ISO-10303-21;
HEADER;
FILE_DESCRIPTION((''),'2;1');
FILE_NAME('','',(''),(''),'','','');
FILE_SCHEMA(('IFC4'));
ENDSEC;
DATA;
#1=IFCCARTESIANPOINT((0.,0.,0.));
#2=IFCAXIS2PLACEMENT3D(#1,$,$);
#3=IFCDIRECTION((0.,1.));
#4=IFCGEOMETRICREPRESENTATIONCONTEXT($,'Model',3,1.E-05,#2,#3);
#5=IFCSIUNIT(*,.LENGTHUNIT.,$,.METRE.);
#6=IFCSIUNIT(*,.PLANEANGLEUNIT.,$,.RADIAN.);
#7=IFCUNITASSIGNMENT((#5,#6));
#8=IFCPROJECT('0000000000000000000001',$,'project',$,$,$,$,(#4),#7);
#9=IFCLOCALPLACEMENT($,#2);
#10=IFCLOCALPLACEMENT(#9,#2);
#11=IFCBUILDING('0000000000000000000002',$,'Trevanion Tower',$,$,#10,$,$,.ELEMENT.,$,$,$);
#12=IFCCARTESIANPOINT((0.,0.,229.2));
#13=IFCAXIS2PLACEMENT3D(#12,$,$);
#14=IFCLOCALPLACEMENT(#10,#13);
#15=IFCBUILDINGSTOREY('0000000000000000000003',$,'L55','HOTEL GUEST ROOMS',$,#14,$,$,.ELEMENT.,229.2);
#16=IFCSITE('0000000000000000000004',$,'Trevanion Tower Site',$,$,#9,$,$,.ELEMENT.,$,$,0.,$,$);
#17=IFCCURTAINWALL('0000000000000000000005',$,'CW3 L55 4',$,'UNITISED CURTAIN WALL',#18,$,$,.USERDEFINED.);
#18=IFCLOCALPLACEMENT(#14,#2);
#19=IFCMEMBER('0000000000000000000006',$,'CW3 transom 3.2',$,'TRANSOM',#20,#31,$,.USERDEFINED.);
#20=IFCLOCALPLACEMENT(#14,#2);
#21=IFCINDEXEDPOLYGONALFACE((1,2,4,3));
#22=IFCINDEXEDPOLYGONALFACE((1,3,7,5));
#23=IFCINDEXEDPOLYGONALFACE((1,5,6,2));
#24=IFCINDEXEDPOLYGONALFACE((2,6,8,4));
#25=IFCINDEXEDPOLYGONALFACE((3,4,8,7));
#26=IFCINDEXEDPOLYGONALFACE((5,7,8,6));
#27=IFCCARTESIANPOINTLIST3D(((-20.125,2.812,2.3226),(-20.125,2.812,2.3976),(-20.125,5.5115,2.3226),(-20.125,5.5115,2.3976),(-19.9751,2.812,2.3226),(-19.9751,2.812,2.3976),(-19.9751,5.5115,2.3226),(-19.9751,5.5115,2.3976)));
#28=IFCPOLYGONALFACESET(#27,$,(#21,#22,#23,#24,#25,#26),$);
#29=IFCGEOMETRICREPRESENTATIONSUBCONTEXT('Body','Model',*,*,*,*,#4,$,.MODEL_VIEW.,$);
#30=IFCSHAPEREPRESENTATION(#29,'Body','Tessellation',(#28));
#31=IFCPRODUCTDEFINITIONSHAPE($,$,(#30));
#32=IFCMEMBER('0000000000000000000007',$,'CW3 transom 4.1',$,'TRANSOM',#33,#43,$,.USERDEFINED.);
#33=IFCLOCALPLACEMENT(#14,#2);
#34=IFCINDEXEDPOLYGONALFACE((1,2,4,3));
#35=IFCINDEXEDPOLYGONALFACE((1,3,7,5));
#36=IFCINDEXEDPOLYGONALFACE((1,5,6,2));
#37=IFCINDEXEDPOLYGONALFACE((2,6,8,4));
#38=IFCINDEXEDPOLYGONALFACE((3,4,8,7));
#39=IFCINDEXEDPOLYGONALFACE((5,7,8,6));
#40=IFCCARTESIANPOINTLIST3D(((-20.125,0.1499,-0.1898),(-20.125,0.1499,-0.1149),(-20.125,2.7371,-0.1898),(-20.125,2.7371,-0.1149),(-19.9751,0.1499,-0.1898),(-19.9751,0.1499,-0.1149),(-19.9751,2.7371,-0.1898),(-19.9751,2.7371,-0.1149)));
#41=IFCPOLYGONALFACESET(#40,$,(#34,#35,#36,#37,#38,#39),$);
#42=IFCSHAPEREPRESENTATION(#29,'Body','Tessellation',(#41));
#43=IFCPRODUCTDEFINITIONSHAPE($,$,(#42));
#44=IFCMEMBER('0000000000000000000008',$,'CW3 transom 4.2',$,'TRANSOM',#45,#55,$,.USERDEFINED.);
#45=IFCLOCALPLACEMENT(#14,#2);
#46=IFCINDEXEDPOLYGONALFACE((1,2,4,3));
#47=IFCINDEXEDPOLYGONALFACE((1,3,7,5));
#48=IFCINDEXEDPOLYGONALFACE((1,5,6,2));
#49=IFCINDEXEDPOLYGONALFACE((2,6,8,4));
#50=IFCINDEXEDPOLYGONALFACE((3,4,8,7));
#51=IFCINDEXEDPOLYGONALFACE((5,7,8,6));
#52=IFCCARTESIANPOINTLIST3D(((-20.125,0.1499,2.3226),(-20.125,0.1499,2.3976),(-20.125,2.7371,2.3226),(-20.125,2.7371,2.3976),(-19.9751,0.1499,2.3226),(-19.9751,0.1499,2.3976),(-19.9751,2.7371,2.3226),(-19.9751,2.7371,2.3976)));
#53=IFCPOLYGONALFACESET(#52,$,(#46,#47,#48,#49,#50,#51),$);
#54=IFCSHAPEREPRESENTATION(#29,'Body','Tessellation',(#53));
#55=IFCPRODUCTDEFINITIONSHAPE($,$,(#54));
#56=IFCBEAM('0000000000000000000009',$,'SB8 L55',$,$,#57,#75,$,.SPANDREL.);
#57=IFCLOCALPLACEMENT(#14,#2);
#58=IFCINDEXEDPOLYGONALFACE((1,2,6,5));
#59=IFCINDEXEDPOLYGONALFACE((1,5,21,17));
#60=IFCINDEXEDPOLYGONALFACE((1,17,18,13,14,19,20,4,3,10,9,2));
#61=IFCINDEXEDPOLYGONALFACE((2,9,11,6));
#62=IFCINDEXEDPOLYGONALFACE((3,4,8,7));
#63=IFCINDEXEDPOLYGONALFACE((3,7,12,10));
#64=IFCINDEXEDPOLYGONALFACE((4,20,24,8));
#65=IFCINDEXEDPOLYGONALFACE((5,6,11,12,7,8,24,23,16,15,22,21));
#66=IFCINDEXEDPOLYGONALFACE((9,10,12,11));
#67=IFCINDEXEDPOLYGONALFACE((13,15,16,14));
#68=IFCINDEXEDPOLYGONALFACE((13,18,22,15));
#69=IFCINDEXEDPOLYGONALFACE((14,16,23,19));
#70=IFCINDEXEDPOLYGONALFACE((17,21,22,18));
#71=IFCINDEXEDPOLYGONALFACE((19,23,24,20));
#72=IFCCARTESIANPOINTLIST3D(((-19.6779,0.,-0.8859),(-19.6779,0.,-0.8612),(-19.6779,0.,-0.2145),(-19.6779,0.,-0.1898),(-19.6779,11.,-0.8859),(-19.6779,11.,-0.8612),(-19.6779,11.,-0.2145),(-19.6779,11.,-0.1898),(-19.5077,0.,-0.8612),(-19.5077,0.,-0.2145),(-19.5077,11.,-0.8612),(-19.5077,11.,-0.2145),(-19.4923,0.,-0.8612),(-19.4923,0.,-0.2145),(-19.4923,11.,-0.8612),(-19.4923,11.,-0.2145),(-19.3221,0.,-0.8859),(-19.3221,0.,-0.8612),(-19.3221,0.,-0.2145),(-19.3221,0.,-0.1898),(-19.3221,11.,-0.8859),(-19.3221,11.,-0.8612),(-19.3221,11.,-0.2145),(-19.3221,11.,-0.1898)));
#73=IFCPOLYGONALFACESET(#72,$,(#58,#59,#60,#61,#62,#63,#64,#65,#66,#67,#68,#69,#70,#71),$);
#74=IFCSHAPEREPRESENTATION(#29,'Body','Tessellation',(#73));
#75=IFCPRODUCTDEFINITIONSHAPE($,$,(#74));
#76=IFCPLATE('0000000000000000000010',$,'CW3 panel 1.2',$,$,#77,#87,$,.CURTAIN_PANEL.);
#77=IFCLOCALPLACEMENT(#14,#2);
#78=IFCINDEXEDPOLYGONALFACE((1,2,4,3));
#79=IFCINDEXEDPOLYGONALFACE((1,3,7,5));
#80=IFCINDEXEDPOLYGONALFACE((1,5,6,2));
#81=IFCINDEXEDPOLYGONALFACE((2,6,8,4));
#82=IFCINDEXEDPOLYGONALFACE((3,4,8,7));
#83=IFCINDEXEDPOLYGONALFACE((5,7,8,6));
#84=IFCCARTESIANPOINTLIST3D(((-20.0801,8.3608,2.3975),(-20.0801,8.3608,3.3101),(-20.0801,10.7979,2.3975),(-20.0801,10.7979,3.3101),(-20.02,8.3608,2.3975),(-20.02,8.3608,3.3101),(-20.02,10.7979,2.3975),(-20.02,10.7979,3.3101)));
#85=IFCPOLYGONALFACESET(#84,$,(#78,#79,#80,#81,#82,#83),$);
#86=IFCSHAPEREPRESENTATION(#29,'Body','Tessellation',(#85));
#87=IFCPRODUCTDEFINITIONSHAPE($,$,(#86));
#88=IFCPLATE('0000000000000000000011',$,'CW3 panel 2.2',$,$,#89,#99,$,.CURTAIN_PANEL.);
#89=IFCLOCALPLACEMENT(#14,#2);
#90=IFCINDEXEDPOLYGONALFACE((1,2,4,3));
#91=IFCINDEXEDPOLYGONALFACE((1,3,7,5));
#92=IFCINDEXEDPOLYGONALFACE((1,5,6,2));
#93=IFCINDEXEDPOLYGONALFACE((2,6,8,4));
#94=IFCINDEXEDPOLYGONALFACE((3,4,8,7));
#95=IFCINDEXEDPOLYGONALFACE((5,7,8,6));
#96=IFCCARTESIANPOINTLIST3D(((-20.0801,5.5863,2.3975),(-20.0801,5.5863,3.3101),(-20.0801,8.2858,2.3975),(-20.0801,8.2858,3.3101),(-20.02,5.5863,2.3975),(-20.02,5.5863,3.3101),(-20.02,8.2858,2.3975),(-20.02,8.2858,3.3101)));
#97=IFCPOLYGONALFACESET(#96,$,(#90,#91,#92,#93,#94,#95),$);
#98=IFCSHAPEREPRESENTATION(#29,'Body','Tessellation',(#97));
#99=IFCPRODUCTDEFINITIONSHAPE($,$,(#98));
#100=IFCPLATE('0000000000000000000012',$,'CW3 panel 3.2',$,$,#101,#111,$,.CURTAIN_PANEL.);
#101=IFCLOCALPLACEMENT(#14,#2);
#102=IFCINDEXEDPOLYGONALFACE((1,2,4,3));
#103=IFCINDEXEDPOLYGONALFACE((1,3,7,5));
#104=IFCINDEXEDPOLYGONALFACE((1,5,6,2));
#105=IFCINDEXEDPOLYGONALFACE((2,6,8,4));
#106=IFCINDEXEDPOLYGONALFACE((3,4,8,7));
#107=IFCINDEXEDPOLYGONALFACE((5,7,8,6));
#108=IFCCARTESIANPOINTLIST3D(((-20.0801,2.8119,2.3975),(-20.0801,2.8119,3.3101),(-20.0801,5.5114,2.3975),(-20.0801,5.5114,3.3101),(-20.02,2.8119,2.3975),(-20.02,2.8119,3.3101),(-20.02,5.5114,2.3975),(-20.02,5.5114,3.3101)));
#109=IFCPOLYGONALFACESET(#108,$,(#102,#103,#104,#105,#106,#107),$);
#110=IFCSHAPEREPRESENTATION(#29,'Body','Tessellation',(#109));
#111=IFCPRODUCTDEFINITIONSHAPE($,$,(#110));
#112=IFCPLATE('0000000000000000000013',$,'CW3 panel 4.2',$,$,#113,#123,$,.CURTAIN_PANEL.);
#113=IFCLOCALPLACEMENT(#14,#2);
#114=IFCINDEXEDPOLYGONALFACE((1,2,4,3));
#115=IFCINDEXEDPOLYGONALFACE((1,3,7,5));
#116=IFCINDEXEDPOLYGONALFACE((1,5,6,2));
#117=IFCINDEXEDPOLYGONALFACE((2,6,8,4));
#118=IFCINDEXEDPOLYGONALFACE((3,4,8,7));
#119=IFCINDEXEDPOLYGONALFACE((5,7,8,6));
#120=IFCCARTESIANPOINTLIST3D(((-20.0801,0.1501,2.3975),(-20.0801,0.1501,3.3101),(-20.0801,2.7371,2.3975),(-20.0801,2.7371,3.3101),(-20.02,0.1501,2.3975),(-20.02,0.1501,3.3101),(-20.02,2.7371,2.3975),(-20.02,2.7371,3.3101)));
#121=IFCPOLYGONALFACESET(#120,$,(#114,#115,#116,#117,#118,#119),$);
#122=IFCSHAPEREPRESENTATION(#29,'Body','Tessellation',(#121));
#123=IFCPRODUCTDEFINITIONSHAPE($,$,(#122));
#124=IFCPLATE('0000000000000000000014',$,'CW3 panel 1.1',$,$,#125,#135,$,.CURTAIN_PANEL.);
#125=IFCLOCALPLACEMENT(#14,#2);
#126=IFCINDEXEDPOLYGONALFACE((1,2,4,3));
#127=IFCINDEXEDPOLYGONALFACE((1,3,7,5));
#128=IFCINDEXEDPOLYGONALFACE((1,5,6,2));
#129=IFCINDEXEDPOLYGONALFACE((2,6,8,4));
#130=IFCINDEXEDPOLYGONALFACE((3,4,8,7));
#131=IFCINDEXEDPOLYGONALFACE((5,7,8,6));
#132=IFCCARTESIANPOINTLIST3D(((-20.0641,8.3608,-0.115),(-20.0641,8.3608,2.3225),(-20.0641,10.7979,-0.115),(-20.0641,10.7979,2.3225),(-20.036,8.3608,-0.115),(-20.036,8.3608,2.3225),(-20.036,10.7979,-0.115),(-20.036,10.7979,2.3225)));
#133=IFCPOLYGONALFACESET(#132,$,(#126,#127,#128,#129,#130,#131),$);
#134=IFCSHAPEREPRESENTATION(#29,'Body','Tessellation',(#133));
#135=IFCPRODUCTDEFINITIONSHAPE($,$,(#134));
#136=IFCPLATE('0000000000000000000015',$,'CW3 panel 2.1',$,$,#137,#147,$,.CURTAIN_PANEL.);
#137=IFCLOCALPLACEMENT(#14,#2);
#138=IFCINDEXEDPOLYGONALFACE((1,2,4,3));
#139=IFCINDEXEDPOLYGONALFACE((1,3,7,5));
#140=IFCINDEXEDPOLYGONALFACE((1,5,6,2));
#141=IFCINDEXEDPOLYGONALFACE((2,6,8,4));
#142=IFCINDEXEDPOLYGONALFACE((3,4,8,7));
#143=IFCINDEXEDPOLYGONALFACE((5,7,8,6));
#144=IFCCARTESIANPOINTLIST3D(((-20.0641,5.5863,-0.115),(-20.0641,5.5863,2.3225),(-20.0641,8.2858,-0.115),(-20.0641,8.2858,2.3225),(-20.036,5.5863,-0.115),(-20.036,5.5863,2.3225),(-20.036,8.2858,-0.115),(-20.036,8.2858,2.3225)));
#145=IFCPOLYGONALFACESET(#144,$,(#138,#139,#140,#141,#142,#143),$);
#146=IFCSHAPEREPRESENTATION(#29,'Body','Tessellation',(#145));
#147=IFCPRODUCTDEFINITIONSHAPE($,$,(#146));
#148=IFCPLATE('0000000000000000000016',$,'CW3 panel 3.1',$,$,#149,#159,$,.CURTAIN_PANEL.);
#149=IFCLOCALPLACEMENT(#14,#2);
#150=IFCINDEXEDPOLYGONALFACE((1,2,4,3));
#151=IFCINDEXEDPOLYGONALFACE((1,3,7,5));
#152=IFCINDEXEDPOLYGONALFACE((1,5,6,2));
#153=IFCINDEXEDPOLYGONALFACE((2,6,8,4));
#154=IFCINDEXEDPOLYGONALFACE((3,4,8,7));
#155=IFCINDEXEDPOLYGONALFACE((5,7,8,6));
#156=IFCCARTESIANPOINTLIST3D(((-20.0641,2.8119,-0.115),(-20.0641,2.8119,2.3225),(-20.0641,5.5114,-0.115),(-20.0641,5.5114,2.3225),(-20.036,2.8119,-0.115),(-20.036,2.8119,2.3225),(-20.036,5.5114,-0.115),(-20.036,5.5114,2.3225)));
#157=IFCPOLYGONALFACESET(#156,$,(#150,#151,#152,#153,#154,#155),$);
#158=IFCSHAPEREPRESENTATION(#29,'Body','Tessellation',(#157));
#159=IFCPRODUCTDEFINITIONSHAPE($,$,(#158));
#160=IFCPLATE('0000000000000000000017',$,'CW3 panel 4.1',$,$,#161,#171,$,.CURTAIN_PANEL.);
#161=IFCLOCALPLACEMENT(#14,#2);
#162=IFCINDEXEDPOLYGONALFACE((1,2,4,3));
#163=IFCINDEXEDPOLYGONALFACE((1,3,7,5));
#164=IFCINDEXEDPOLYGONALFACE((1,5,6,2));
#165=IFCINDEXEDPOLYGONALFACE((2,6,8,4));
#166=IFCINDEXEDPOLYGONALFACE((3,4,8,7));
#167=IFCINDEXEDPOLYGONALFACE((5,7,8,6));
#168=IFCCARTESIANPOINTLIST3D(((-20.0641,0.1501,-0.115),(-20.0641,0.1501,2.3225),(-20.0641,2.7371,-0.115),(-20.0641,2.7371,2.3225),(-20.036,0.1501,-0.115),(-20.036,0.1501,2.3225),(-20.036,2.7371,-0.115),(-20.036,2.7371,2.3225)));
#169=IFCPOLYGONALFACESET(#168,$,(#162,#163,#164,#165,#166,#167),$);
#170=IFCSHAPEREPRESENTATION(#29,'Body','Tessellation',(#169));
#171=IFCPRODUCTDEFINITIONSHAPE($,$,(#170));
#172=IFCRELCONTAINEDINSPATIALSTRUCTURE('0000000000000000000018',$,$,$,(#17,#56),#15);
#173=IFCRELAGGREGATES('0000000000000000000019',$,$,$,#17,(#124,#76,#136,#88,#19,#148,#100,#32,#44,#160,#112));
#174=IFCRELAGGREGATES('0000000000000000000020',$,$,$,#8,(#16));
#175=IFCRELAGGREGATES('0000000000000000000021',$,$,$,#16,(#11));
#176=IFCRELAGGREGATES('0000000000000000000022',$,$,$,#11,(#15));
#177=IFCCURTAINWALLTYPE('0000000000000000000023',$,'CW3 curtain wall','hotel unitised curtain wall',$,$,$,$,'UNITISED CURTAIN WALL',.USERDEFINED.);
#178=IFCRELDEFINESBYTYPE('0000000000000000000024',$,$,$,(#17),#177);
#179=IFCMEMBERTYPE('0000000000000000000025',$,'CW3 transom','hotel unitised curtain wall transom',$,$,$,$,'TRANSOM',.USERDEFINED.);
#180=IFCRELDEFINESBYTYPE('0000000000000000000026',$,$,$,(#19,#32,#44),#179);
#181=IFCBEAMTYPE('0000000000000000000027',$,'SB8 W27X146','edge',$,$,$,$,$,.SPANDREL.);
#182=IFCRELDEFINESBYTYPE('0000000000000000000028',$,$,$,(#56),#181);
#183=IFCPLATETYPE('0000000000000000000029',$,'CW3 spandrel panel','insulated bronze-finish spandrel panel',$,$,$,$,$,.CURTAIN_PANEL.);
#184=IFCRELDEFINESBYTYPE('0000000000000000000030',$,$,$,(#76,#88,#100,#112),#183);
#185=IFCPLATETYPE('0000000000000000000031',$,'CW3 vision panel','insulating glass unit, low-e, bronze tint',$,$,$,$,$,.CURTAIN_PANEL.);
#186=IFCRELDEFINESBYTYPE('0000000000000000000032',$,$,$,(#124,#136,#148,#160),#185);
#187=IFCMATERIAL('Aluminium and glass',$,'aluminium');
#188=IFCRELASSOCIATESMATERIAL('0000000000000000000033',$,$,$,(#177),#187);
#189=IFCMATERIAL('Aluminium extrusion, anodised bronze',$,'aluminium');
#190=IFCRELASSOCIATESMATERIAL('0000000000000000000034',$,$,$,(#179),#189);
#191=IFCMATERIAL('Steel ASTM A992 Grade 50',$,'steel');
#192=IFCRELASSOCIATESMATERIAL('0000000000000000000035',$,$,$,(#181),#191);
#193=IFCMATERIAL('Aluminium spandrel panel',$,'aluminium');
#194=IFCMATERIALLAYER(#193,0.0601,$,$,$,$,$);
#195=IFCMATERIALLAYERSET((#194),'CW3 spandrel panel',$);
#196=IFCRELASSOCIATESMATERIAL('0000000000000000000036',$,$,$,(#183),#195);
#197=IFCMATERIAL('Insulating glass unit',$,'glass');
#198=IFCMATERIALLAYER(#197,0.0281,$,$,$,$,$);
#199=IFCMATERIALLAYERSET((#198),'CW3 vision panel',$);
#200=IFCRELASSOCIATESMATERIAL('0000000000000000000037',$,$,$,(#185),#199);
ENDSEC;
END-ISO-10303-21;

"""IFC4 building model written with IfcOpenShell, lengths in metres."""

from ifc_helpers import new_model, si_unit, direction, frame, origin, origin_2d, place, context, subcontext, project, spatial, rectangle, i_section, extrude, material, layer, layer_set, material_profile, profile_set, type_object, element, aggregate, save


model = new_model("IFC4")

# Units and contexts
model_context = context("Model", 3, precision=1e-05, world=origin(), true_north=direction((0.0, 1.0)))
body_context = subcontext(model_context, "Body", "Model", "MODEL_VIEW")
ifc_project = project(units=[si_unit("LENGTHUNIT", "METRE"), si_unit("PLANEANGLEUNIT", "RADIAN")], contexts=[model_context])

# Site, building, storey
site_placement = place(None, origin())
site = spatial("IfcSite", under=ifc_project, at=site_placement, Name="Trevanion Tower Site", CompositionType="ELEMENT", RefElevation=0.0)
building_placement = place(site_placement, origin())
building = spatial("IfcBuilding", under=site, at=building_placement, Name="Trevanion Tower", CompositionType="ELEMENT")
storey_placement = place(building_placement, frame((0.0, 0.0, 229.2)))
storey = spatial("IfcBuildingStorey", under=building, at=storey_placement, Name="L55", Description="HOTEL GUEST ROOMS", CompositionType="ELEMENT", Elevation=229.2)

# Curtain wall, members
ifc_material_1 = material(Name="Aluminium and glass", Category="aluminium")
curtain_wall_type = type_object("IfcCurtainWallType", Name="CW3 curtain wall", Description="hotel unitised curtain wall", ElementType="UNITISED CURTAIN WALL", PredefinedType="USERDEFINED", material=ifc_material_1)
curtain_wall_placement = place(storey_placement, origin())
curtain_wall = element("IfcCurtainWall", 1, at=curtain_wall_placement, inside=storey, type_object=curtain_wall_type, Name="CW3 L55 4", ObjectType="UNITISED CURTAIN WALL", PredefinedType="USERDEFINED")
ifc_material_2 = material(Name="Aluminium extrusion, anodised bronze", Category="aluminium")
ifc_material_profile_1 = material_profile(ifc_material_2, rectangle(XDim=0.1499, YDim=0.075, at=origin_2d()), Name="CW3 transom")
ifc_profile_set_1 = profile_set([ifc_material_profile_1], Name="Aluminium extrusion, anodised bronze")
member_type_1 = type_object("IfcMemberType", Name="CW3 transom", Description="hotel unitised curtain wall transom", ElementType="TRANSOM", PredefinedType="USERDEFINED", material=ifc_profile_set_1)
member_1_placement = place(storey_placement, frame((-20.05, 5.5115, 2.3601), z_axis=(0.0, -1.0, 0.0), x_axis=(1.0, 0.0, 0.0)))
member_1 = element("IfcMember", 2, at=member_1_placement, type_object=member_type_1, Name="CW3 transom 3.2", ObjectType="TRANSOM", PredefinedType="USERDEFINED", context=body_context, shape_type="SweptSolid", body=[
    extrude(rectangle(XDim=0.1499, YDim=0.075, at=origin_2d()), origin(), (0.0, 0.0, 1.0), 2.6995),
])
member_2_placement = place(storey_placement, frame((-20.05, 2.7371, -0.1523), z_axis=(0.0, -1.0, 0.0), x_axis=(1.0, 0.0, 0.0)))
member_2 = element("IfcMember", 3, at=member_2_placement, type_object=member_type_1, Name="CW3 transom 4.1", ObjectType="TRANSOM", PredefinedType="USERDEFINED", context=body_context, shape_type="SweptSolid", body=[
    extrude(rectangle(XDim=0.1499, YDim=0.075, at=origin_2d()), origin(), (0.0, 0.0, 1.0), 2.5872),
])
member_3_placement = place(storey_placement, frame((-20.05, 2.7371, 2.3601), z_axis=(0.0, -1.0, 0.0), x_axis=(1.0, 0.0, 0.0)))
member_3 = element("IfcMember", 4, at=member_3_placement, type_object=member_type_1, Name="CW3 transom 4.2", ObjectType="TRANSOM", PredefinedType="USERDEFINED", context=body_context, shape_type="SweptSolid", body=[
    extrude(rectangle(XDim=0.1499, YDim=0.075, at=origin_2d()), origin(), (0.0, 0.0, 1.0), 2.5872),
])

# Beam
ifc_material_3 = material(Name="Steel ASTM A992 Grade 50", Category="steel")
ifc_material_profile_2 = material_profile(ifc_material_3, i_section(OverallWidth=0.3557, OverallDepth=0.696, WebThickness=0.0154, FlangeThickness=0.0247, at=origin_2d()), Name="W27X146")
ifc_profile_set_2 = profile_set([ifc_material_profile_2], Name="Steel ASTM A992 Grade 50")
beam_type_1 = type_object("IfcBeamType", Name="SB8 W27X146", Description="edge", PredefinedType="SPANDREL", material=ifc_profile_set_2)
beam_placement = place(storey_placement, frame((-19.5, 11.0, -0.5378), z_axis=(0.0, -1.0, 0.0), x_axis=(1.0, 0.0, 0.0)))
element("IfcBeam", 5, at=beam_placement, inside=storey, type_object=beam_type_1, Name="SB8 L55", PredefinedType="SPANDREL", context=body_context, shape_type="SweptSolid", body=[
    extrude(i_section(OverallWidth=0.3557, OverallDepth=0.696, WebThickness=0.0154, FlangeThickness=0.0247, at=origin_2d()), origin(), (0.0, 0.0, 1.0), 11.0),
])

# Plates
ifc_material_4 = material(Name="Aluminium spandrel panel", Category="aluminium")
ifc_layer_1 = layer(ifc_material_4, 0.0601)
ifc_layer_set_1 = layer_set([ifc_layer_1], Name="CW3 spandrel panel")
plate_type_1 = type_object("IfcPlateType", Name="CW3 spandrel panel", Description="insulated bronze-finish spandrel panel", PredefinedType="CURTAIN_PANEL", material=ifc_layer_set_1)
plate_1_placement = place(storey_placement, frame((-20.05, 9.5793, 2.3975), z_axis=(0.0, 0.0, 1.0), x_axis=(0.0, -1.0, 0.0)))
plate_1 = element("IfcPlate", 6, at=plate_1_placement, type_object=plate_type_1, Name="CW3 panel 1.2", PredefinedType="CURTAIN_PANEL", context=body_context, shape_type="SweptSolid", body=[
    extrude(rectangle(XDim=2.437, YDim=0.0601, at=origin_2d()), origin(), (0.0, 0.0, 1.0), 0.9126),
])
plate_2_placement = place(storey_placement, frame((-20.05, 6.936, 2.3975), z_axis=(0.0, 0.0, 1.0), x_axis=(0.0, -1.0, 0.0)))
plate_2 = element("IfcPlate", 7, at=plate_2_placement, type_object=plate_type_1, Name="CW3 panel 2.2", PredefinedType="CURTAIN_PANEL", context=body_context, shape_type="SweptSolid", body=[
    extrude(rectangle(XDim=2.6995, YDim=0.0601, at=origin_2d()), origin(), (0.0, 0.0, 1.0), 0.9126),
])
plate_3_placement = place(storey_placement, frame((-20.05, 4.1616, 2.3975), z_axis=(0.0, 0.0, 1.0), x_axis=(0.0, -1.0, 0.0)))
plate_3 = element("IfcPlate", 8, at=plate_3_placement, type_object=plate_type_1, Name="CW3 panel 3.2", PredefinedType="CURTAIN_PANEL", context=body_context, shape_type="SweptSolid", body=[
    extrude(rectangle(XDim=2.6995, YDim=0.0601, at=origin_2d()), origin(), (0.0, 0.0, 1.0), 0.9126),
])
plate_4_placement = place(storey_placement, frame((-20.05, 1.4436, 2.3975), z_axis=(0.0, 0.0, 1.0), x_axis=(0.0, -1.0, 0.0)))
plate_4 = element("IfcPlate", 9, at=plate_4_placement, type_object=plate_type_1, Name="CW3 panel 4.2", PredefinedType="CURTAIN_PANEL", context=body_context, shape_type="SweptSolid", body=[
    extrude(rectangle(XDim=2.5869, YDim=0.0601, at=origin_2d()), origin(), (0.0, 0.0, 1.0), 0.9126),
])
ifc_material_5 = material(Name="Insulating glass unit", Category="glass")
ifc_layer_2 = layer(ifc_material_5, 0.0281)
ifc_layer_set_2 = layer_set([ifc_layer_2], Name="CW3 vision panel")
plate_type_2 = type_object("IfcPlateType", Name="CW3 vision panel", Description="insulating glass unit, low-e, bronze tint", PredefinedType="CURTAIN_PANEL", material=ifc_layer_set_2)
plate_5_placement = place(storey_placement, frame((-20.05, 9.5793, -0.115), z_axis=(0.0, 0.0, 1.0), x_axis=(0.0, -1.0, 0.0)))
plate_5 = element("IfcPlate", 10, at=plate_5_placement, type_object=plate_type_2, Name="CW3 panel 1.1", PredefinedType="CURTAIN_PANEL", context=body_context, shape_type="SweptSolid", body=[
    extrude(rectangle(XDim=2.437, YDim=0.0281, at=origin_2d()), origin(), (0.0, 0.0, 1.0), 2.4375),
])
plate_6_placement = place(storey_placement, frame((-20.05, 6.936, -0.115), z_axis=(0.0, 0.0, 1.0), x_axis=(0.0, -1.0, 0.0)))
plate_6 = element("IfcPlate", 11, at=plate_6_placement, type_object=plate_type_2, Name="CW3 panel 2.1", PredefinedType="CURTAIN_PANEL", context=body_context, shape_type="SweptSolid", body=[
    extrude(rectangle(XDim=2.6995, YDim=0.0281, at=origin_2d()), origin(), (0.0, 0.0, 1.0), 2.4375),
])
plate_7_placement = place(storey_placement, frame((-20.05, 4.1616, -0.115), z_axis=(0.0, 0.0, 1.0), x_axis=(0.0, -1.0, 0.0)))
plate_7 = element("IfcPlate", 12, at=plate_7_placement, type_object=plate_type_2, Name="CW3 panel 3.1", PredefinedType="CURTAIN_PANEL", context=body_context, shape_type="SweptSolid", body=[
    extrude(rectangle(XDim=2.6995, YDim=0.0281, at=origin_2d()), origin(), (0.0, 0.0, 1.0), 2.4375),
])
plate_8_placement = place(storey_placement, frame((-20.05, 1.4436, -0.115), z_axis=(0.0, 0.0, 1.0), x_axis=(0.0, -1.0, 0.0)))
plate_8 = element("IfcPlate", 13, at=plate_8_placement, type_object=plate_type_2, Name="CW3 panel 4.1", PredefinedType="CURTAIN_PANEL", context=body_context, shape_type="SweptSolid", body=[
    extrude(rectangle(XDim=2.5869, YDim=0.0281, at=origin_2d()), origin(), (0.0, 0.0, 1.0), 2.4375),
])
aggregate(curtain_wall, [plate_5, plate_1, plate_6, plate_2, member_1, plate_7, plate_3, member_2, member_3, plate_8, plate_4])

save(model, "model.ifc")
